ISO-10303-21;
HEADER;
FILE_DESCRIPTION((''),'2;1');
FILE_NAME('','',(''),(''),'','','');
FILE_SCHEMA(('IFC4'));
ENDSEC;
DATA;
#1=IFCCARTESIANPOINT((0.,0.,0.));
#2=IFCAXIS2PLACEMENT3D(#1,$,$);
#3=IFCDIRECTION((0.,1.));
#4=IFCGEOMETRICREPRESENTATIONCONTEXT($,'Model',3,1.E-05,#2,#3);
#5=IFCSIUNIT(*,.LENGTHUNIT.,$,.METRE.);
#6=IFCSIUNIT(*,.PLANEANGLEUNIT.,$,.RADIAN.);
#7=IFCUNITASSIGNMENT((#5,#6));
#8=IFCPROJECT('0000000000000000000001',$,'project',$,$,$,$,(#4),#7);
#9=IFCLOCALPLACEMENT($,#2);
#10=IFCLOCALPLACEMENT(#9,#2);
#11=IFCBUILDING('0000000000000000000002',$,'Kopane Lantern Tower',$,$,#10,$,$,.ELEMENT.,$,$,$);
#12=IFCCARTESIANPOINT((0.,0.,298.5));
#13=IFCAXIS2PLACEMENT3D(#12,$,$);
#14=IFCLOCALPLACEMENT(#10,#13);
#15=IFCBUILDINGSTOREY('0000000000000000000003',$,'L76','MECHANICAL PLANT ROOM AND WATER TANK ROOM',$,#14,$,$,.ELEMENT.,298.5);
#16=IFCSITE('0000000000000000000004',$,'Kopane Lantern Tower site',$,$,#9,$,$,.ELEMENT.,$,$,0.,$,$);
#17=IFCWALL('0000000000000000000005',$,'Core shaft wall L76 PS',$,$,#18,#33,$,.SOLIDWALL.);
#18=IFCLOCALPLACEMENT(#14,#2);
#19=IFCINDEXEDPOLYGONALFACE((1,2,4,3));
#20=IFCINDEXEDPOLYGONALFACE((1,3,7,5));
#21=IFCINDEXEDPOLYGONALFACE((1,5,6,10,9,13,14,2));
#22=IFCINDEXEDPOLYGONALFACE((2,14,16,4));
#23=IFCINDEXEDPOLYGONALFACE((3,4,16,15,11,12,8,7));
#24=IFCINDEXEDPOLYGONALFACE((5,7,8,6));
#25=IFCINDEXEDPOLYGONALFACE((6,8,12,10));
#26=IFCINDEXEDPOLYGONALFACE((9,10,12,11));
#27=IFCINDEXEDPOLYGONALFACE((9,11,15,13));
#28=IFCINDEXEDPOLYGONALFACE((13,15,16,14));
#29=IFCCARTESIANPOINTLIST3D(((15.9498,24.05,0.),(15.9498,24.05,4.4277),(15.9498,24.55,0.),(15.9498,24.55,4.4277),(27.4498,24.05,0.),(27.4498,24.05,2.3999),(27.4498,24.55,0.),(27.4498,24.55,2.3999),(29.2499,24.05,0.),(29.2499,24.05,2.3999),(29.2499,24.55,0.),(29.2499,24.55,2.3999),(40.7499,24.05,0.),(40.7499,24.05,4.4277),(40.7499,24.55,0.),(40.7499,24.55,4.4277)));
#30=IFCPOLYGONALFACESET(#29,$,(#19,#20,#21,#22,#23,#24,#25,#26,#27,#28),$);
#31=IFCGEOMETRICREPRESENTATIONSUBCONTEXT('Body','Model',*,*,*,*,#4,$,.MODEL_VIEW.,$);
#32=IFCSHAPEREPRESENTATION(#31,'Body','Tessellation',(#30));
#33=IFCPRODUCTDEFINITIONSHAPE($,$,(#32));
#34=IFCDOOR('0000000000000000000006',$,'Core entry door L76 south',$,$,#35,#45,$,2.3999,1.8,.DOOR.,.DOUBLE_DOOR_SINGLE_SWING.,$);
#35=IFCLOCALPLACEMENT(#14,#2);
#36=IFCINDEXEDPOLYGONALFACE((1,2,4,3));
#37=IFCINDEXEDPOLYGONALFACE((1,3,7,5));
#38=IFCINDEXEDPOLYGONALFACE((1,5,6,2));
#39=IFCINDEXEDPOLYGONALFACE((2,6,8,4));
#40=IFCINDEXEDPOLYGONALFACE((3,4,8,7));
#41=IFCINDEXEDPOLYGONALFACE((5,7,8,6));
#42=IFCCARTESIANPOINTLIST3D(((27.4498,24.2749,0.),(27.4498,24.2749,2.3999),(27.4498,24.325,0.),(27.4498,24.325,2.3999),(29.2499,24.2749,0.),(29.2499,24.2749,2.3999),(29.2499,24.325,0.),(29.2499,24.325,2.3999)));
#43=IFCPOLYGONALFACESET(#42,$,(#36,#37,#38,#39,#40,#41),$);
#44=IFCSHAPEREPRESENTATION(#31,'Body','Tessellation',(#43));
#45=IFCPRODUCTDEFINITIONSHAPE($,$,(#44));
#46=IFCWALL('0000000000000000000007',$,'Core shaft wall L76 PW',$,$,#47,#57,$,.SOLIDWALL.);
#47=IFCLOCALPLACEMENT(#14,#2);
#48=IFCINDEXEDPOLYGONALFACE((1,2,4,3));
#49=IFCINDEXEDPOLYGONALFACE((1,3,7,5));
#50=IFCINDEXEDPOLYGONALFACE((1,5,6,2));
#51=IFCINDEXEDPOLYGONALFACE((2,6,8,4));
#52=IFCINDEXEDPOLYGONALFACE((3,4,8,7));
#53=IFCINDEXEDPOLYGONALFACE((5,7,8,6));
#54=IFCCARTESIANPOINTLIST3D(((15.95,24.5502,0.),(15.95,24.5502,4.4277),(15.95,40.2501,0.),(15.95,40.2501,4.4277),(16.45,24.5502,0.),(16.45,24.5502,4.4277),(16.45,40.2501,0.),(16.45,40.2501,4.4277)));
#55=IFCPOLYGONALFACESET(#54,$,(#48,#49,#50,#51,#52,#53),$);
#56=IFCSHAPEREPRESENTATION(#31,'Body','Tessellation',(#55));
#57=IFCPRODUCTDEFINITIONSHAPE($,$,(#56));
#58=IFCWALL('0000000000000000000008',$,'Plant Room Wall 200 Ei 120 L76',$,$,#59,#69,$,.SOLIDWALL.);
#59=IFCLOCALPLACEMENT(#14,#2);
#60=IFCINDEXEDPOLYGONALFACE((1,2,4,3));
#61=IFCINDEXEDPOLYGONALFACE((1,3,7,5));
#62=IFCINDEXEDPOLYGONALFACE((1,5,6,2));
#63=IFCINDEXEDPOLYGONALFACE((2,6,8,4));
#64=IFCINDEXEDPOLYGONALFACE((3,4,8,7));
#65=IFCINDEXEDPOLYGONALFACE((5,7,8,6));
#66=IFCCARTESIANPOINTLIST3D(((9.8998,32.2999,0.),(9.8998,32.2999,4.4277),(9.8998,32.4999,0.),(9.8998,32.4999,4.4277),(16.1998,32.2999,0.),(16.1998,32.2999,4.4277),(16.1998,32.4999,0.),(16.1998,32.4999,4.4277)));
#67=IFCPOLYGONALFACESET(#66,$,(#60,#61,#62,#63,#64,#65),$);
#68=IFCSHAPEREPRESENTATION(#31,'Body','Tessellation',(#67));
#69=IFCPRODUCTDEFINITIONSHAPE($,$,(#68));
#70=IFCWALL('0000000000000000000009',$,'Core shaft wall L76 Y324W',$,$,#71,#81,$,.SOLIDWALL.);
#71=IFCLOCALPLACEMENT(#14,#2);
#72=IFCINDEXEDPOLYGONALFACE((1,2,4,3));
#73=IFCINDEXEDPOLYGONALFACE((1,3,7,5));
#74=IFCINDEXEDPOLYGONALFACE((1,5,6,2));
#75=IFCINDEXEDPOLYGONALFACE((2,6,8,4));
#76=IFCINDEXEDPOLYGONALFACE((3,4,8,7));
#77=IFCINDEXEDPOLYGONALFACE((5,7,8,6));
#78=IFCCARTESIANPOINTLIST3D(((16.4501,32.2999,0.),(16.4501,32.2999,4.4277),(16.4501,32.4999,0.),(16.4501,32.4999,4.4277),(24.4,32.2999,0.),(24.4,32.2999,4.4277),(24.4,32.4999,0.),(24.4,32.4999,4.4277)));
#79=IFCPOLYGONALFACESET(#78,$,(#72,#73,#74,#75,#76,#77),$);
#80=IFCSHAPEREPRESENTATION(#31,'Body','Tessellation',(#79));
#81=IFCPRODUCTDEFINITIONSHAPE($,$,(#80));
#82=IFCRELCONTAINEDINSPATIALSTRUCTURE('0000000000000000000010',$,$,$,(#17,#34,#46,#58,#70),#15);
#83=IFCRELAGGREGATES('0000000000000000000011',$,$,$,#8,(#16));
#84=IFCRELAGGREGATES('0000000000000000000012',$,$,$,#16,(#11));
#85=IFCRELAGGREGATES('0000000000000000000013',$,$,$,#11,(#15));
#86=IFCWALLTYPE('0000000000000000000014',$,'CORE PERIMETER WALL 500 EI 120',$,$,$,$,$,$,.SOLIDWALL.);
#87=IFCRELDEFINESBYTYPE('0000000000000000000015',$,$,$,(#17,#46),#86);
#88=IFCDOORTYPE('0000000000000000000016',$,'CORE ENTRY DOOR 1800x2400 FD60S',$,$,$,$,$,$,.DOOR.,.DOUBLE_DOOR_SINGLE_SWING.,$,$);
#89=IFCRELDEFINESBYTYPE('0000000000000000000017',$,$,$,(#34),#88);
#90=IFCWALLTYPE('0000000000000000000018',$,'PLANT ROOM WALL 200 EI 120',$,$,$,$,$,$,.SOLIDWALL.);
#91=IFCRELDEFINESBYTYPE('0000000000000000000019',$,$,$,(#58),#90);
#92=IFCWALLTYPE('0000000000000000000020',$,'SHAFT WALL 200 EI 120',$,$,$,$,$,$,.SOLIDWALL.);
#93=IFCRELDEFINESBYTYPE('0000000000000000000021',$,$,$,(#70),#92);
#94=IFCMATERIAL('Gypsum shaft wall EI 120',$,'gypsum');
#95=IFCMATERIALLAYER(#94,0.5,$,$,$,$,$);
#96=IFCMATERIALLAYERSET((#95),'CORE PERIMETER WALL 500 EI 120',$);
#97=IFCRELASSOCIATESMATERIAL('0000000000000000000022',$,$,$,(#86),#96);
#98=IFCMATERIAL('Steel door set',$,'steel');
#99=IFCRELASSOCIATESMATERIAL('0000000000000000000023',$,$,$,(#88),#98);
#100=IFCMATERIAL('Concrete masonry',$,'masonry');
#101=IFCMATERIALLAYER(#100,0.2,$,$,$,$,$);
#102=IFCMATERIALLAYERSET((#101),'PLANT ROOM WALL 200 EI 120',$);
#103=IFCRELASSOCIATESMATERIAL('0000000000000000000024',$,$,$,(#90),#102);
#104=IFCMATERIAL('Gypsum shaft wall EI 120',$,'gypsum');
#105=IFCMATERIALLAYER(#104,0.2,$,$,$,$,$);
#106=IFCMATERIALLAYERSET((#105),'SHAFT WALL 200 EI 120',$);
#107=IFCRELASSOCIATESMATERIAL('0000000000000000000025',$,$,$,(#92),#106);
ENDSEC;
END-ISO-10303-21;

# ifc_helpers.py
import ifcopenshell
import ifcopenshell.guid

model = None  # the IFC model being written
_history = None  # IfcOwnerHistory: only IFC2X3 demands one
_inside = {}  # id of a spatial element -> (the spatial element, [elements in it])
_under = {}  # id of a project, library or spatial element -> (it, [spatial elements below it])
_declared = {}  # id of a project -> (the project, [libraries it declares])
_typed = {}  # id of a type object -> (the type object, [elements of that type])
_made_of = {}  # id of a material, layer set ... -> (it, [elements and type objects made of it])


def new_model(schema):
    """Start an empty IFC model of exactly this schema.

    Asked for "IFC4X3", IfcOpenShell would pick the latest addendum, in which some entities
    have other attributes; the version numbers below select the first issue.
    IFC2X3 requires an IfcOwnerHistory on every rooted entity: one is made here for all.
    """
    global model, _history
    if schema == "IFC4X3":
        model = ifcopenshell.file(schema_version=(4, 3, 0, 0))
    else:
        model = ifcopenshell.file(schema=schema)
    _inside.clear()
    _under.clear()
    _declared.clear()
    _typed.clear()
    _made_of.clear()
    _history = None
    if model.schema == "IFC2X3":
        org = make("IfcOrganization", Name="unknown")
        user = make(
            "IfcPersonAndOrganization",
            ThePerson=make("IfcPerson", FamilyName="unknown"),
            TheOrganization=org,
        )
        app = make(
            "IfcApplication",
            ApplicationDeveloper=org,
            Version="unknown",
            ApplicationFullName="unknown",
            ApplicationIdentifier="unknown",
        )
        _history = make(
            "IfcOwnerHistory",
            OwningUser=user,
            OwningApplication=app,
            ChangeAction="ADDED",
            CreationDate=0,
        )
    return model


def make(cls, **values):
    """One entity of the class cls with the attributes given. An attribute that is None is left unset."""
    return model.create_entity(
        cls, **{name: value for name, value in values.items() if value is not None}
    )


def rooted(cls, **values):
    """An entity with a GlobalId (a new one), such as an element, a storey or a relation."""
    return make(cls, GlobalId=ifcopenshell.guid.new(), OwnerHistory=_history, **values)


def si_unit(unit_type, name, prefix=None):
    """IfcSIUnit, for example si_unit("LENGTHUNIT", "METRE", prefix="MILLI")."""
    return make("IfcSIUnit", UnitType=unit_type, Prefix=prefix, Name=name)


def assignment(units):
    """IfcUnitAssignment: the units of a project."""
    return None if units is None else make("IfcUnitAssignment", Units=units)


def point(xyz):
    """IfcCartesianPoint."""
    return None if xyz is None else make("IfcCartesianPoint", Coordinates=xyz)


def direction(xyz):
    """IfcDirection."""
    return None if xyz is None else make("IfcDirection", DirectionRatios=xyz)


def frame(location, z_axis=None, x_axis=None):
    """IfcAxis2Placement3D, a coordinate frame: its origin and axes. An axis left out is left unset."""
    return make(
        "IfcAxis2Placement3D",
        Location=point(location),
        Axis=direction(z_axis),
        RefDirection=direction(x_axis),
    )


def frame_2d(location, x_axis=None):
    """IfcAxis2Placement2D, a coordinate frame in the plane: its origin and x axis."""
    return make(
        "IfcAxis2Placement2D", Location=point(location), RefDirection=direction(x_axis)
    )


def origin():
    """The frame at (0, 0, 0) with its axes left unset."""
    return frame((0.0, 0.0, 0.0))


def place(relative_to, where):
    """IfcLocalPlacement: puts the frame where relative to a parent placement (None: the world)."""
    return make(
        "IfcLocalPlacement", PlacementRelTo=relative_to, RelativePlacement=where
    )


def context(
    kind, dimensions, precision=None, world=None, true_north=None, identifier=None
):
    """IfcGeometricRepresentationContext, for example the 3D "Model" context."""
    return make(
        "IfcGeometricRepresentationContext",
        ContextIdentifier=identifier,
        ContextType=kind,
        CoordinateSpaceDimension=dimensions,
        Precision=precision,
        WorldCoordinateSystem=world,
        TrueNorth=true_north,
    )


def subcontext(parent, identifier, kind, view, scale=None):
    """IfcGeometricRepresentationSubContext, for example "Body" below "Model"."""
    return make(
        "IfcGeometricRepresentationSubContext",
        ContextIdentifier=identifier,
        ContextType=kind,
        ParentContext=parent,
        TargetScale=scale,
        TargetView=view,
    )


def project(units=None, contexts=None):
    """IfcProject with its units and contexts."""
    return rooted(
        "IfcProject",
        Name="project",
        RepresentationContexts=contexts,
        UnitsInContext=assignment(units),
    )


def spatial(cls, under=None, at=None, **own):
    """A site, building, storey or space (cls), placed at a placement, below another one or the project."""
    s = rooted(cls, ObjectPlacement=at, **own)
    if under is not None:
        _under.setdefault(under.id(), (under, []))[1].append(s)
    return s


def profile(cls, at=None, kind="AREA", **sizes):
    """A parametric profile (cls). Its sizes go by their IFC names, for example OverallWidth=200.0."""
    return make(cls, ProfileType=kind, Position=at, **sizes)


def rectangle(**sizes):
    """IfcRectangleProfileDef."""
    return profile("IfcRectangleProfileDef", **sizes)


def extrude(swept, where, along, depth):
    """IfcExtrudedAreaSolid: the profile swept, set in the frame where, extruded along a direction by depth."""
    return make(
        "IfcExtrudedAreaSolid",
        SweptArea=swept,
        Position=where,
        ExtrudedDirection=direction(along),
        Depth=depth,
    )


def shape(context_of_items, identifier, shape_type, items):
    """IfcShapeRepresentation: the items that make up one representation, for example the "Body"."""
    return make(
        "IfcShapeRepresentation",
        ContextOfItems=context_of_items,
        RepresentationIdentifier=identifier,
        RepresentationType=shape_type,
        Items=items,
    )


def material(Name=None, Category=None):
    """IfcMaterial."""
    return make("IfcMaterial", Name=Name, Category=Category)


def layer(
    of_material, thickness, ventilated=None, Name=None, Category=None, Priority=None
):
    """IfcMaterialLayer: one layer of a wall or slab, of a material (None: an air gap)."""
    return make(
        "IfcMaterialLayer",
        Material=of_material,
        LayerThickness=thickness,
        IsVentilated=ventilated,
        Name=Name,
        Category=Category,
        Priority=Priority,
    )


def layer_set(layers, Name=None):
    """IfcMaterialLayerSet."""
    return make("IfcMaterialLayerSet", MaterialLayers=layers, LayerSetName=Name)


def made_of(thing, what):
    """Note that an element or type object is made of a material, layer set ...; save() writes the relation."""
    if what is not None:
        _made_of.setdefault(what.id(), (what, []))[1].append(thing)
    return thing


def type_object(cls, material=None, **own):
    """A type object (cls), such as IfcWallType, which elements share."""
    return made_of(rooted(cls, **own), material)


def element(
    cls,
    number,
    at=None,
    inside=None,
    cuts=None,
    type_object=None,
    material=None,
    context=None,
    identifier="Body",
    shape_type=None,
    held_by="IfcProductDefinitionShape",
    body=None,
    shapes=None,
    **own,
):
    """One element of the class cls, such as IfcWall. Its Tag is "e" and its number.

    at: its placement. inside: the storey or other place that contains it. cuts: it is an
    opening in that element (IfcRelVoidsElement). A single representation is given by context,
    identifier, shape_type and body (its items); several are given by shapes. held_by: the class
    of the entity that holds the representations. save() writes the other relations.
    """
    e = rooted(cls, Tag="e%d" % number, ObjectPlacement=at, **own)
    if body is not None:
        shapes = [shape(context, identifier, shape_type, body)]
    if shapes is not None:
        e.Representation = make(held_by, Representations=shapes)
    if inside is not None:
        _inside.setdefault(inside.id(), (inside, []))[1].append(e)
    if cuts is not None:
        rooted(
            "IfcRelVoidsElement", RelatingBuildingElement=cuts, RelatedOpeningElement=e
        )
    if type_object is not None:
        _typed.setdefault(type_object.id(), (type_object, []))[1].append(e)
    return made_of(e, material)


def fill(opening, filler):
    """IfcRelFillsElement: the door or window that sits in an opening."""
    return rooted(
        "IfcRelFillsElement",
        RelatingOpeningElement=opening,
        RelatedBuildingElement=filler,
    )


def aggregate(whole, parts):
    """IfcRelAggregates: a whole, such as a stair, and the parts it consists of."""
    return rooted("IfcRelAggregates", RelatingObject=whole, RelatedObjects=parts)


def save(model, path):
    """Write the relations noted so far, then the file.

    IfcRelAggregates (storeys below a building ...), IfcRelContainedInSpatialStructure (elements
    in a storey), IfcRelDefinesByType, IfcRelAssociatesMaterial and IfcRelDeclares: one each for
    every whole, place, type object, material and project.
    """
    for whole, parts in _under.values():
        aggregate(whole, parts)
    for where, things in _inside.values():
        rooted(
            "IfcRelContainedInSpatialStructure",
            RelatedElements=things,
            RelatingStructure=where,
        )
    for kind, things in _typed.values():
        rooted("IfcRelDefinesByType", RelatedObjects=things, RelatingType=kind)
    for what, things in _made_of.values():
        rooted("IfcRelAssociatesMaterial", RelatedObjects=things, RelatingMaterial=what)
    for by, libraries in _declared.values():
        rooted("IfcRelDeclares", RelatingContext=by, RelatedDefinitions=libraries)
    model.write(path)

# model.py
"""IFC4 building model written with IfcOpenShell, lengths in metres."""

from ifc_helpers import new_model, si_unit, direction, frame, frame_2d, origin, place, context, subcontext, project, spatial, rectangle, extrude, material, layer, layer_set, type_object, element, fill, save


model = new_model("IFC4")

# Units and contexts
model_context = context("Model", 3, precision=1e-05, world=origin(), true_north=direction((0.0, 1.0)))
body_context = subcontext(model_context, "Body", "Model", "MODEL_VIEW")
ifc_project = project(units=[si_unit("LENGTHUNIT", "METRE"), si_unit("PLANEANGLEUNIT", "RADIAN")], contexts=[model_context])

# Site, building, storey
site_placement = place(None, origin())
site = spatial("IfcSite", under=ifc_project, at=site_placement, Name="Kopane Lantern Tower site", CompositionType="ELEMENT", RefElevation=0.0)
building_placement = place(site_placement, origin())
building = spatial("IfcBuilding", under=site, at=building_placement, Name="Kopane Lantern Tower", CompositionType="ELEMENT")
storey_placement = place(building_placement, frame((0.0, 0.0, 298.5)))
storey = spatial("IfcBuildingStorey", under=building, at=storey_placement, Name="L76", Description="MECHANICAL PLANT ROOM AND WATER TANK ROOM", CompositionType="ELEMENT", Elevation=298.5)

# Wall, opening, door
ifc_material_1 = material(Name="Gypsum shaft wall EI 120", Category="gypsum")
ifc_layer_1 = layer(ifc_material_1, 0.5)
ifc_layer_set_1 = layer_set([ifc_layer_1], Name="CORE PERIMETER WALL 500 EI 120")
wall_type_1 = type_object("IfcWallType", Name="CORE PERIMETER WALL 500 EI 120", PredefinedType="SOLIDWALL", material=ifc_layer_set_1)
wall_1_placement = place(storey_placement, frame((15.95, 24.3, 0.0), z_axis=(0.0, 0.0, 1.0), x_axis=(1.0, 0.0, 0.0)))
wall_1 = element("IfcWall", 1, at=wall_1_placement, inside=storey, type_object=wall_type_1, Name="Core shaft wall L76 PS", PredefinedType="SOLIDWALL", context=body_context, shape_type="SweptSolid", body=[
    extrude(rectangle(XDim=24.8, YDim=0.5, at=frame_2d((12.3999, 0.0))), origin(), (0.0, 0.0, 1.0), 4.4277),
])
opening_placement = place(wall_1_placement, frame((11.5, 0.0, 0.0)))
opening = element("IfcOpeningElement", 2, at=opening_placement, cuts=wall_1, PredefinedType="OPENING", context=body_context, shape_type="SweptSolid", body=[
    extrude(rectangle(XDim=1.8, YDim=2.3999, at=frame_2d((0.8999, 1.2))), frame((0.0, 0.26, 0.0), z_axis=(0.0, -1.0, 0.0), x_axis=(1.0, 0.0, 0.0)), (0.0, 0.0, 1.0), 0.52),
])
ifc_material_2 = material(Name="Steel door set", Category="steel")
door_type = type_object("IfcDoorType", Name="CORE ENTRY DOOR 1800x2400 FD60S", OperationType="DOUBLE_DOOR_SINGLE_SWING", PredefinedType="DOOR", material=ifc_material_2)
door_placement = place(opening_placement, origin())
door = element("IfcDoor", 3, at=door_placement, inside=storey, type_object=door_type, Name="Core entry door L76 south", OperationType="DOUBLE_DOOR_SINGLE_SWING", OverallHeight=2.3999, OverallWidth=1.8, PredefinedType="DOOR", context=body_context, shape_type="SweptSolid", body=[
    extrude(rectangle(XDim=1.8, YDim=2.3999, at=frame_2d((0.8999, 1.2))), frame((0.0, 0.0249, 0.0), z_axis=(0.0, -1.0, 0.0), x_axis=(1.0, 0.0, 0.0)), (0.0, 0.0, 1.0), 0.05),
])
fill(opening, door)

# Walls
wall_2_placement = place(storey_placement, frame((16.2, 24.55, 0.0), z_axis=(0.0, 0.0, 1.0), x_axis=(0.0, 1.0, 0.0)))
element("IfcWall", 4, at=wall_2_placement, inside=storey, type_object=wall_type_1, Name="Core shaft wall L76 PW", PredefinedType="SOLIDWALL", context=body_context, shape_type="SweptSolid", body=[
    extrude(rectangle(XDim=15.7, YDim=0.5, at=frame_2d((7.8501, 0.0))), origin(), (0.0, 0.0, 1.0), 4.4277),
])
ifc_material_3 = material(Name="Concrete masonry", Category="masonry")
ifc_layer_2 = layer(ifc_material_3, 0.2)
ifc_layer_set_2 = layer_set([ifc_layer_2], Name="PLANT ROOM WALL 200 EI 120")
wall_type_2 = type_object("IfcWallType", Name="PLANT ROOM WALL 200 EI 120", PredefinedType="SOLIDWALL", material=ifc_layer_set_2)
wall_3_placement = place(storey_placement, frame((9.8999, 32.3999, 0.0), z_axis=(0.0, 0.0, 1.0), x_axis=(1.0, 0.0, 0.0)))
element("IfcWall", 5, at=wall_3_placement, inside=storey, type_object=wall_type_2, Name="Plant Room Wall 200 Ei 120 L76", PredefinedType="SOLIDWALL", context=body_context, shape_type="SweptSolid", body=[
    extrude(rectangle(XDim=6.3, YDim=0.2, at=frame_2d((3.1499, 0.0))), origin(), (0.0, 0.0, 1.0), 4.4277),
])
ifc_material_4 = material(Name="Gypsum shaft wall EI 120", Category="gypsum")
ifc_layer_3 = layer(ifc_material_4, 0.2)
ifc_layer_set_3 = layer_set([ifc_layer_3], Name="SHAFT WALL 200 EI 120")
wall_type_3 = type_object("IfcWallType", Name="SHAFT WALL 200 EI 120", PredefinedType="SOLIDWALL", material=ifc_layer_set_3)
wall_4_placement = place(storey_placement, frame((16.45, 32.3999, 0.0), z_axis=(0.0, 0.0, 1.0), x_axis=(1.0, 0.0, 0.0)))
element("IfcWall", 6, at=wall_4_placement, inside=storey, type_object=wall_type_3, Name="Core shaft wall L76 Y324W", PredefinedType="SOLIDWALL", context=body_context, shape_type="SweptSolid", body=[
    extrude(rectangle(XDim=7.95, YDim=0.2, at=frame_2d((3.9751, 0.0))), origin(), (0.0, 0.0, 1.0), 4.4277),
])

save(model, "model.ifc")
